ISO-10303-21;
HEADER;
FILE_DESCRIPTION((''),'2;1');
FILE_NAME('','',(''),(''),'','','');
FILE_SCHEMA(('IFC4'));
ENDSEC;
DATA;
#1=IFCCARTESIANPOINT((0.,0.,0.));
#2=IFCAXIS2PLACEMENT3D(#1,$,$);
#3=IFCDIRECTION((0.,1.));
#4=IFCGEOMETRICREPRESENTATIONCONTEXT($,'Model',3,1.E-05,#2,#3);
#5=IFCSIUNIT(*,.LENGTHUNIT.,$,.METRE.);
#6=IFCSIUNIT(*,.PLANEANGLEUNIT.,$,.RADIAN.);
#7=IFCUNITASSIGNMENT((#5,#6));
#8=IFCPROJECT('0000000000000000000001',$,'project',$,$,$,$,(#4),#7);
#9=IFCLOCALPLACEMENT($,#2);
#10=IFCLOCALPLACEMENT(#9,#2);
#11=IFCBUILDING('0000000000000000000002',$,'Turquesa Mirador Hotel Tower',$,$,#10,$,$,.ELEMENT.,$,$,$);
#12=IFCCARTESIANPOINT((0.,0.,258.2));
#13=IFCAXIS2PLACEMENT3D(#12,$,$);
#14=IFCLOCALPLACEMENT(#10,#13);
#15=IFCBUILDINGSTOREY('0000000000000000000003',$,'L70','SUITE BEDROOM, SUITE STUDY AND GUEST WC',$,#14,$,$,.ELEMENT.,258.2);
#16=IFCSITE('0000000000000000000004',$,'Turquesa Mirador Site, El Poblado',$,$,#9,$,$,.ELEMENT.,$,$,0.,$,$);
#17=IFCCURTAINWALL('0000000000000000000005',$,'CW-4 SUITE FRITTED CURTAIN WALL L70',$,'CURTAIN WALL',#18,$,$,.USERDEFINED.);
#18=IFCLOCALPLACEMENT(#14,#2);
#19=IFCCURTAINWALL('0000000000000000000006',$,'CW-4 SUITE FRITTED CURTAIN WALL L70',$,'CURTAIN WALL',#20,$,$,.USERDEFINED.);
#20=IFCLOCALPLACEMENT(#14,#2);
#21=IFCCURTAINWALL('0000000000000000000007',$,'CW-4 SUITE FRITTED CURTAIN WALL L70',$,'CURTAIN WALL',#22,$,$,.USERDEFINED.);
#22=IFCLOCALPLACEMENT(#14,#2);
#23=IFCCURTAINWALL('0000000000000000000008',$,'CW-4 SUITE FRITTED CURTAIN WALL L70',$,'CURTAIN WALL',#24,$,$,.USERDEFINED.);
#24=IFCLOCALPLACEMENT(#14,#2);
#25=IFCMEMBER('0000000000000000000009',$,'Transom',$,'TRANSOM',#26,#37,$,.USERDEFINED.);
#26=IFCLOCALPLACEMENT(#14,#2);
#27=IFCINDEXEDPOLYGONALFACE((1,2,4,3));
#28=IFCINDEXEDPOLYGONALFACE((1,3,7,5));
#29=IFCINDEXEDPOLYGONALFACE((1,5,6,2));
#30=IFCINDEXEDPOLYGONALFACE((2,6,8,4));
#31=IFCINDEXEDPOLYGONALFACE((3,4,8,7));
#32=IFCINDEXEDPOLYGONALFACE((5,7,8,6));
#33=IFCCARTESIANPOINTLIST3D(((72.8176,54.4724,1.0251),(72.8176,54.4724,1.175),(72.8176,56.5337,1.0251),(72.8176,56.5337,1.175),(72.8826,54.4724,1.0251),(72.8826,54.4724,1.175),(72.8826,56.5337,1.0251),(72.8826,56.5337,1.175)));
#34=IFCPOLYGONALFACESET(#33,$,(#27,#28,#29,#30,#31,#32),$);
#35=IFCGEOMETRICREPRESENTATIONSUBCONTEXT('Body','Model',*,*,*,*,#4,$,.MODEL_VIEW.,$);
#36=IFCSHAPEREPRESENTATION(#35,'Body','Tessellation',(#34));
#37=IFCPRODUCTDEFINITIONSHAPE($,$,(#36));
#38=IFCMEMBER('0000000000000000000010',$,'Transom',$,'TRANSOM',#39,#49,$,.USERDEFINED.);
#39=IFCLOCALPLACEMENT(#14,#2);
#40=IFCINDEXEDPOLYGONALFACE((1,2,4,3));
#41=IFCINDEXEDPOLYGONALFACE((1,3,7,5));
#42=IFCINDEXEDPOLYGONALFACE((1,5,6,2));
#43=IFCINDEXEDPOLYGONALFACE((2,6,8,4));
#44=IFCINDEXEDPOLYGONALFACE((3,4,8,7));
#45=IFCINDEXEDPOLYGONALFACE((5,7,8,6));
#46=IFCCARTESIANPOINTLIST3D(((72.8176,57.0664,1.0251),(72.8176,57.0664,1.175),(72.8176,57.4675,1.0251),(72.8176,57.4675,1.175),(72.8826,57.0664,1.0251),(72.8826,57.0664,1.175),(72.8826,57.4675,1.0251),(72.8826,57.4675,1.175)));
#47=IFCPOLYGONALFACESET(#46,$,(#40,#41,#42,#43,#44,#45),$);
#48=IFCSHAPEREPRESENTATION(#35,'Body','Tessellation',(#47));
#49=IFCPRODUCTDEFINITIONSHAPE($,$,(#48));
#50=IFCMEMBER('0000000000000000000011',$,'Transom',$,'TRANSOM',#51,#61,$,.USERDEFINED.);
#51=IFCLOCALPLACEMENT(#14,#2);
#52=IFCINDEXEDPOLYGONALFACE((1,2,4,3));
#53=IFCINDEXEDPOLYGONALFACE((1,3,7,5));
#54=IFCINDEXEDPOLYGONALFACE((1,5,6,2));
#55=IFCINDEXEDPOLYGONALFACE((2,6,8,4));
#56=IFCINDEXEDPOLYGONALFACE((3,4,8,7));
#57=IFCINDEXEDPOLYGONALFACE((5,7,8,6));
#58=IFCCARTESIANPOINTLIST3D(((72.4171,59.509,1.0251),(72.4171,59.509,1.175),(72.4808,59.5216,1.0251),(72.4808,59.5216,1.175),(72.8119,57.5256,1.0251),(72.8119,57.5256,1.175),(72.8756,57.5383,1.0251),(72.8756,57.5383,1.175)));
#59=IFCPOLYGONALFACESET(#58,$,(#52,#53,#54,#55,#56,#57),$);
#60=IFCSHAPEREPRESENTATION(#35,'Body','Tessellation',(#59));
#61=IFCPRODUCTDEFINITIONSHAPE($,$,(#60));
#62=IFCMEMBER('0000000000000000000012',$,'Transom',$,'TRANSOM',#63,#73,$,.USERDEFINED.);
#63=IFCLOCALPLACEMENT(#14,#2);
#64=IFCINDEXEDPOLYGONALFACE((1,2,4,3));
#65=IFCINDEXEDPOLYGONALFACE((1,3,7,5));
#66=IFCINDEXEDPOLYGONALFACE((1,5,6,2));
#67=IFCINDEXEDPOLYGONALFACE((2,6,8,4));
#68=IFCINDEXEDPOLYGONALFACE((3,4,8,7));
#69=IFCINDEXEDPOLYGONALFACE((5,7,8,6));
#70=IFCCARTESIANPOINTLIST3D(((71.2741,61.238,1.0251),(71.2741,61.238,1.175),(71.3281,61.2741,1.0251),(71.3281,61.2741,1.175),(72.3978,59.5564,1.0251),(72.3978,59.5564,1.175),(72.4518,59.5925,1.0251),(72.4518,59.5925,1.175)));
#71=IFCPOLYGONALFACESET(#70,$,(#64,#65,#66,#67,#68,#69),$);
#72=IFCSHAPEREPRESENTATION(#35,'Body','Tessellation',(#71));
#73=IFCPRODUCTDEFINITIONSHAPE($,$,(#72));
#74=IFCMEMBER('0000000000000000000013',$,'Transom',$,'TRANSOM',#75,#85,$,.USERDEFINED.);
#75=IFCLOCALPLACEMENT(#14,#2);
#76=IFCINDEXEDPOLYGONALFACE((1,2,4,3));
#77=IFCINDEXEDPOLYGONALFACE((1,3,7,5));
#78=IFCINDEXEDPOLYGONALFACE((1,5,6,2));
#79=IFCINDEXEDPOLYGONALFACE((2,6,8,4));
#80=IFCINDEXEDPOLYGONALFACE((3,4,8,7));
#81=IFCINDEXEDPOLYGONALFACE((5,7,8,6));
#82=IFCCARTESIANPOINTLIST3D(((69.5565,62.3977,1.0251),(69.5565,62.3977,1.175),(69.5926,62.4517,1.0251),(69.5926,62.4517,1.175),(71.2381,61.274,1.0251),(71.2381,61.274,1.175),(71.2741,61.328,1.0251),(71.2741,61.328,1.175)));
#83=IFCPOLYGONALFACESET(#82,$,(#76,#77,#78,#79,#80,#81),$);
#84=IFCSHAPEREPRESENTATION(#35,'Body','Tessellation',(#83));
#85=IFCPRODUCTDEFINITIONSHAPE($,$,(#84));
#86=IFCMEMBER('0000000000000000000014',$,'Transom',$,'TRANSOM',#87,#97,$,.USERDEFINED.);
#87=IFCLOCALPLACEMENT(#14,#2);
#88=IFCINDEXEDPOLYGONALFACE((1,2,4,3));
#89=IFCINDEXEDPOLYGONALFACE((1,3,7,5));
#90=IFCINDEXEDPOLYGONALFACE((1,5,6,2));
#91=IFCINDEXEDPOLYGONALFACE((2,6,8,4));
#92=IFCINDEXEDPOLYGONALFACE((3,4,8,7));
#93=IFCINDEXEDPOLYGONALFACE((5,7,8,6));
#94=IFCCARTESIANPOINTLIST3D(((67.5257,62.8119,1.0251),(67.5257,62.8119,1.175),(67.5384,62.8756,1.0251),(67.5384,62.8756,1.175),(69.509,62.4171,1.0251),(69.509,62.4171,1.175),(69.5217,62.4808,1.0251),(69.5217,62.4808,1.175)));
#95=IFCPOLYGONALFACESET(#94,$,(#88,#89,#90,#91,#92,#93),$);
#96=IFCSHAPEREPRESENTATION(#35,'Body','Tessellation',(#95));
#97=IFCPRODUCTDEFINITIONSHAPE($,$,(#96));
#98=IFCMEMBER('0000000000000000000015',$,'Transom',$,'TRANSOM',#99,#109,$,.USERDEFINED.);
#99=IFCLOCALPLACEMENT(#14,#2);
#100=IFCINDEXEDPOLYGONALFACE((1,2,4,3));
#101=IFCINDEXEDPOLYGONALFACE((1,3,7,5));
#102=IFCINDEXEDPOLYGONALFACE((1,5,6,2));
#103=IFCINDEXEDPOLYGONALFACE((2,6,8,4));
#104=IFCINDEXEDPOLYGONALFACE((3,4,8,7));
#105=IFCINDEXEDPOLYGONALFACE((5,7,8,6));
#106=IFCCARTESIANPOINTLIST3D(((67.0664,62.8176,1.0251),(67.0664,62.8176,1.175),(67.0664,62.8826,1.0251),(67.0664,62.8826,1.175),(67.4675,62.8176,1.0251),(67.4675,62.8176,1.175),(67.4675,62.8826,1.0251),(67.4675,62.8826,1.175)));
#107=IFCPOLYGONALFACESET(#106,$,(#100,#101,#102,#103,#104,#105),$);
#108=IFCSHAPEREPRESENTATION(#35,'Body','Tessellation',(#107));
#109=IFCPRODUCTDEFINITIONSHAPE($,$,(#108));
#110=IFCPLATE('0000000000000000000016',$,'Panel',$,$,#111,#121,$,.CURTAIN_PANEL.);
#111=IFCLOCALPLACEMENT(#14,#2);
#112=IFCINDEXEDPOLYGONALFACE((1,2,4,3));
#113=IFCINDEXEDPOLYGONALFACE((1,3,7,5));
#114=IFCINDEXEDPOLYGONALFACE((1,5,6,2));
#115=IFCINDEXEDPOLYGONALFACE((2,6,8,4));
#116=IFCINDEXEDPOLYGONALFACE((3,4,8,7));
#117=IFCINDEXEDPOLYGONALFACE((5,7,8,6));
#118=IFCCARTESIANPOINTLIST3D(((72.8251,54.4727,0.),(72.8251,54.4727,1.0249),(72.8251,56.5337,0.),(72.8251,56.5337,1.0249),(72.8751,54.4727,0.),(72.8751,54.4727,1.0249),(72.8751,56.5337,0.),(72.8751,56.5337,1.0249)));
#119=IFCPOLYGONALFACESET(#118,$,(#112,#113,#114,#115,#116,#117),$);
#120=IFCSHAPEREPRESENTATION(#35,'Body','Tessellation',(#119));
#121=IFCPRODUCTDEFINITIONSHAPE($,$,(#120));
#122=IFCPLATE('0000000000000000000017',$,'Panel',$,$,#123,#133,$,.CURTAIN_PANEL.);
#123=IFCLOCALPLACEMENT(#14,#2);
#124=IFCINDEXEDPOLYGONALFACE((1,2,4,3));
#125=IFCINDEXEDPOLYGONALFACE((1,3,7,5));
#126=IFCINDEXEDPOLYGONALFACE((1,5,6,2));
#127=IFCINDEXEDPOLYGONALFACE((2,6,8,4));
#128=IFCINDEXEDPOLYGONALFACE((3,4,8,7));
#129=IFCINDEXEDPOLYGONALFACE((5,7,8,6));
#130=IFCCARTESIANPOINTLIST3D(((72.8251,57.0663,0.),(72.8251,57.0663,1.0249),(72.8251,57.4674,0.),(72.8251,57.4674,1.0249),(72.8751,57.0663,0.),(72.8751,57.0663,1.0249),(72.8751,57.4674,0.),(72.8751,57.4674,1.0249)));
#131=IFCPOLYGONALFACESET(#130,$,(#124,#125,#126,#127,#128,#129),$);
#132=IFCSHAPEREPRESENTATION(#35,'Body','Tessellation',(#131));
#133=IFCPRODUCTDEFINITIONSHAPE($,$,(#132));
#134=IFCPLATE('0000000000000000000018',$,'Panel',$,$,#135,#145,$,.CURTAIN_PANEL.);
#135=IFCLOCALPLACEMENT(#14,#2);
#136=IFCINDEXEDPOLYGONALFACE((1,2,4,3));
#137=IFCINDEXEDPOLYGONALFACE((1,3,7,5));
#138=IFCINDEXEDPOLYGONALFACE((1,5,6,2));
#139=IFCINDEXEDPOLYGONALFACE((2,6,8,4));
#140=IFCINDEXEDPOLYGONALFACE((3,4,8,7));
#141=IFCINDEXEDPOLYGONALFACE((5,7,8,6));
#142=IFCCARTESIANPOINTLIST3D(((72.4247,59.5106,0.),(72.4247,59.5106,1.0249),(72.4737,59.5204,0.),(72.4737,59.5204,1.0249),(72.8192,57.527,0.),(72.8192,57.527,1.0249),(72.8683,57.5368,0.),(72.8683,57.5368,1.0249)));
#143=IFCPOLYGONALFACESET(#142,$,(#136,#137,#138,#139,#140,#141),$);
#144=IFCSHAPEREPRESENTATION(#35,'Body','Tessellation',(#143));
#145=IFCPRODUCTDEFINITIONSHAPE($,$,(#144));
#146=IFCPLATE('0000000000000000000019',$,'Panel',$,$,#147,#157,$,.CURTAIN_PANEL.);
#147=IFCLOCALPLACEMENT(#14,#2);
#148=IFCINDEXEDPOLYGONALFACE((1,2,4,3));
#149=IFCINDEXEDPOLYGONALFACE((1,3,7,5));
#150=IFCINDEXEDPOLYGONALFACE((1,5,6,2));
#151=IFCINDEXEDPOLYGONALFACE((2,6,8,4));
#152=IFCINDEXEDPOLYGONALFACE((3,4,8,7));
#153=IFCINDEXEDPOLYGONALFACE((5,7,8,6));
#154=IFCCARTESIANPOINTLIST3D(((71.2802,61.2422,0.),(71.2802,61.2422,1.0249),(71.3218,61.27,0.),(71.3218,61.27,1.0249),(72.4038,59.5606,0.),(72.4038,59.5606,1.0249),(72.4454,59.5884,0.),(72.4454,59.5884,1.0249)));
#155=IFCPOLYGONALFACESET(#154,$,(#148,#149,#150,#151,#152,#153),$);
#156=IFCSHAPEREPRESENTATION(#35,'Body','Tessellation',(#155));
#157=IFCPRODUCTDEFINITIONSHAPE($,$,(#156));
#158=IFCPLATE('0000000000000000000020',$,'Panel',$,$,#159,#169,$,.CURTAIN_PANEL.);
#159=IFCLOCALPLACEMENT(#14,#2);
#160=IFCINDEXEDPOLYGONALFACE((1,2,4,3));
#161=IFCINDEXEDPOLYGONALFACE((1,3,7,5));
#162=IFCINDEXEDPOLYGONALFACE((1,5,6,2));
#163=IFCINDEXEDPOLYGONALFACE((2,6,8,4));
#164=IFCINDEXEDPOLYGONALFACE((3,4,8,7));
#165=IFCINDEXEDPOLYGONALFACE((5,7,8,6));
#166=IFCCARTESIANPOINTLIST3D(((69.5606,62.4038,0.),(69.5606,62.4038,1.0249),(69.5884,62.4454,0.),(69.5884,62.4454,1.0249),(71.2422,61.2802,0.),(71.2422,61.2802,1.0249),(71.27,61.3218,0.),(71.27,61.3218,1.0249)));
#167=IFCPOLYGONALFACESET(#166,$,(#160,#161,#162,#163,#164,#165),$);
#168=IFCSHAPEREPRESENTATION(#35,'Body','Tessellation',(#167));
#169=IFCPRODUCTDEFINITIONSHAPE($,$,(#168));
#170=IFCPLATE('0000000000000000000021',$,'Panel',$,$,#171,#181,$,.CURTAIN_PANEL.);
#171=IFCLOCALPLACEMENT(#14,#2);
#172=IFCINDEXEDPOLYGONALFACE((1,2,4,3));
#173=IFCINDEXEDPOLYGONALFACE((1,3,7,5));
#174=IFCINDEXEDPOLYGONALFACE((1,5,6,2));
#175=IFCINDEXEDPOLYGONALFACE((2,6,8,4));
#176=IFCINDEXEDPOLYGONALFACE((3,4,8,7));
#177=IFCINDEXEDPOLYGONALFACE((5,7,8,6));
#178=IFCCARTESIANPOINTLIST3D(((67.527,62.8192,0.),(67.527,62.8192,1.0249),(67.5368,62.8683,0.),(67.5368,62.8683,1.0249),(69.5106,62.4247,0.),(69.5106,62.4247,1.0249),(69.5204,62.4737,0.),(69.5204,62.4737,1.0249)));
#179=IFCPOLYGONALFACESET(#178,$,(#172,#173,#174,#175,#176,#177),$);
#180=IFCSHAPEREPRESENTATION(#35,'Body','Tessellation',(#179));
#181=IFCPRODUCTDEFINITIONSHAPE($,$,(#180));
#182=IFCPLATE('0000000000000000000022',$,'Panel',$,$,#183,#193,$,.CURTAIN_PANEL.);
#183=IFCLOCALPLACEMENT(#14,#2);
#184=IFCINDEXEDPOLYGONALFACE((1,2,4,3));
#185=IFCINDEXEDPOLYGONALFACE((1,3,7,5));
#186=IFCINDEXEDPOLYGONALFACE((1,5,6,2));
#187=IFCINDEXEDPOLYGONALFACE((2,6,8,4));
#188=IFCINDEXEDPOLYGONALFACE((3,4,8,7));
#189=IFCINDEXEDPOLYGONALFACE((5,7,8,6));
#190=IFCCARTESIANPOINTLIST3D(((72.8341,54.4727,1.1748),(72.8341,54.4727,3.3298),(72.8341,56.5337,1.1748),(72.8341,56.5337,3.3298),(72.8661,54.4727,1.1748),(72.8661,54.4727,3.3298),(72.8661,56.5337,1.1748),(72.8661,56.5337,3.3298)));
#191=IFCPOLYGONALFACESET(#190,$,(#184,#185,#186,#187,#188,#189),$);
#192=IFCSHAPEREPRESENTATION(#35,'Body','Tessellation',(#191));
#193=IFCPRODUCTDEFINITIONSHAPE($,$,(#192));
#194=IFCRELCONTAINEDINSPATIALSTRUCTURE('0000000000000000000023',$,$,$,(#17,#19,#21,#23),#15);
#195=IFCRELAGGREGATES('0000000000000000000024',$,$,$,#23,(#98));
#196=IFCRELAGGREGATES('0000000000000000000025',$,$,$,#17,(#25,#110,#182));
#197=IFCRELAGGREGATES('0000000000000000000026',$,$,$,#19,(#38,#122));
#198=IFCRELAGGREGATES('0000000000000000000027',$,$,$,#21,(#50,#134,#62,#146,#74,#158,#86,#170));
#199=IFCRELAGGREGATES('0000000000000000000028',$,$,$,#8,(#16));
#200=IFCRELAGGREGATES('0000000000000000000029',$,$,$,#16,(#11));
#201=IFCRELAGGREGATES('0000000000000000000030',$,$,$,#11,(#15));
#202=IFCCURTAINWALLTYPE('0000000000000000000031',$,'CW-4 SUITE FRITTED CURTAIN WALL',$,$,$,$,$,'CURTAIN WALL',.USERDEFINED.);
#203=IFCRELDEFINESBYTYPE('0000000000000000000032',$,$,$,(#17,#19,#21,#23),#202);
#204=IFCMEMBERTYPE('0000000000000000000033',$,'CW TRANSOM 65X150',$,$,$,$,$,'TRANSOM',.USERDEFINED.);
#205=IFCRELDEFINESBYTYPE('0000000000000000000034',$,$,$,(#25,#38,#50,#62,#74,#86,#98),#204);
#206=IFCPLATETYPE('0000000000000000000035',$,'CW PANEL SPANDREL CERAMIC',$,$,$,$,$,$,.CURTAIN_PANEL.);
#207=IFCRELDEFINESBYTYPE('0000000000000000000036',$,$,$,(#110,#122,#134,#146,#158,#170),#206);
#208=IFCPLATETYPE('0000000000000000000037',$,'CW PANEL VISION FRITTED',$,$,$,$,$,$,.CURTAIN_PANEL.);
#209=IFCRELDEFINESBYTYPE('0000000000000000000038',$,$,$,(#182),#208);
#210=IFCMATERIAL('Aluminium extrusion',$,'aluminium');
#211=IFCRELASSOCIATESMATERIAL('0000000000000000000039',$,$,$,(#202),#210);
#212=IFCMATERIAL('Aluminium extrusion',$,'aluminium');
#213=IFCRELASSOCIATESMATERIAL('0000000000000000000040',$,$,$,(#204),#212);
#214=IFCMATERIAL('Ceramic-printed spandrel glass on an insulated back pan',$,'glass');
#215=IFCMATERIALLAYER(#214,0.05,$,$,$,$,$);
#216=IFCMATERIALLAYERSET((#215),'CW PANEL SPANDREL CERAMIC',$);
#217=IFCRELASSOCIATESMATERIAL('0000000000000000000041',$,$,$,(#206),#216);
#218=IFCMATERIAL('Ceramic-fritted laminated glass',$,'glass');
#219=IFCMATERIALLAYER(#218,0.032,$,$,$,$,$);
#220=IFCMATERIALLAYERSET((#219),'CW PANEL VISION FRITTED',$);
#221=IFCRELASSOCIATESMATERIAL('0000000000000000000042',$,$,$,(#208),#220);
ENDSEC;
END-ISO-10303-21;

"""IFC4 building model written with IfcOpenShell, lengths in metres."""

from ifc_helpers import new_model, si_unit, direction, frame, origin, origin_2d, place, context, subcontext, project, spatial, rectangle, extrude, material, layer, layer_set, material_profile, profile_set, type_object, element, aggregate, save


model = new_model("IFC4")

# Units and contexts
model_context = context("Model", 3, precision=1e-05, world=origin(), true_north=direction((0.0, 1.0)))
body_context = subcontext(model_context, "Body", "Model", "MODEL_VIEW")
ifc_project = project(units=[si_unit("LENGTHUNIT", "METRE"), si_unit("PLANEANGLEUNIT", "RADIAN")], contexts=[model_context])

# Site, building, storey
site_placement = place(None, origin())
site = spatial("IfcSite", under=ifc_project, at=site_placement, Name="Turquesa Mirador Site, El Poblado", CompositionType="ELEMENT", RefElevation=0.0)
building_placement = place(site_placement, origin())
building = spatial("IfcBuilding", under=site, at=building_placement, Name="Turquesa Mirador Hotel Tower", CompositionType="ELEMENT")
storey_placement = place(building_placement, frame((0.0, 0.0, 258.2)))
storey = spatial("IfcBuildingStorey", under=building, at=storey_placement, Name="L70", Description="SUITE BEDROOM, SUITE STUDY AND GUEST WC", CompositionType="ELEMENT", Elevation=258.2)

# Curtain wall
ifc_material_1 = material(Name="Aluminium extrusion", Category="aluminium")
curtain_wall_type = type_object("IfcCurtainWallType", Name="CW-4 SUITE FRITTED CURTAIN WALL", ElementType="CURTAIN WALL", PredefinedType="USERDEFINED", material=ifc_material_1)
curtain_wall_1_placement = place(storey_placement, origin())
curtain_wall_1 = element("IfcCurtainWall", 1, at=curtain_wall_1_placement, inside=storey, type_object=curtain_wall_type, Name="CW-4 SUITE FRITTED CURTAIN WALL L70", ObjectType="CURTAIN WALL", PredefinedType="USERDEFINED")

# Curtain walls
curtain_wall_2_placement = place(storey_placement, origin())
curtain_wall_2 = element("IfcCurtainWall", 2, at=curtain_wall_2_placement, inside=storey, type_object=curtain_wall_type, Name="CW-4 SUITE FRITTED CURTAIN WALL L70", ObjectType="CURTAIN WALL", PredefinedType="USERDEFINED")
curtain_wall_3_placement = place(storey_placement, origin())
curtain_wall_3 = element("IfcCurtainWall", 3, at=curtain_wall_3_placement, inside=storey, type_object=curtain_wall_type, Name="CW-4 SUITE FRITTED CURTAIN WALL L70", ObjectType="CURTAIN WALL", PredefinedType="USERDEFINED")

# Curtain wall
curtain_wall_4_placement = place(storey_placement, origin())
curtain_wall_4 = element("IfcCurtainWall", 4, at=curtain_wall_4_placement, inside=storey, type_object=curtain_wall_type, Name="CW-4 SUITE FRITTED CURTAIN WALL L70", ObjectType="CURTAIN WALL", PredefinedType="USERDEFINED")

# Members
ifc_material_2 = material(Name="Aluminium extrusion", Category="aluminium")
ifc_material_profile_1 = material_profile(ifc_material_2, rectangle(XDim=0.0649, YDim=0.1499, at=origin_2d()), Name="TRANSOM 65X150")
ifc_profile_set_1 = profile_set([ifc_material_profile_1], Name="Aluminium extrusion")
member_type_1 = type_object("IfcMemberType", Name="CW TRANSOM 65X150", ElementType="TRANSOM", PredefinedType="USERDEFINED", material=ifc_profile_set_1)
member_1_placement = place(storey_placement, frame((72.8501, 54.4724, 1.1001), z_axis=(0.0, 1.0, 0.0), x_axis=(-1.0, 0.0, 0.0)))
member_1 = element("IfcMember", 5, at=member_1_placement, type_object=member_type_1, Name="Transom", ObjectType="TRANSOM", PredefinedType="USERDEFINED", context=body_context, shape_type="SweptSolid", body=[
    extrude(rectangle(XDim=0.0649, YDim=0.1499, at=origin_2d()), origin(), (0.0, 0.0, 1.0), 2.0613),
])
member_2_placement = place(storey_placement, frame((72.8501, 57.0664, 1.1001), z_axis=(0.0, 1.0, 0.0), x_axis=(-1.0, 0.0, 0.0)))
member_2 = element("IfcMember", 6, at=member_2_placement, type_object=member_type_1, Name="Transom", ObjectType="TRANSOM", PredefinedType="USERDEFINED", context=body_context, shape_type="SweptSolid", body=[
    extrude(rectangle(XDim=0.0649, YDim=0.1499, at=origin_2d()), origin(), (0.0, 0.0, 1.0), 0.4011),
])
member_3_placement = place(storey_placement, frame((72.8438, 57.532, 1.1001), z_axis=(-0.195211, 0.980761, 0.0), x_axis=(-0.980761, -0.195211, 0.0)))
member_3 = element("IfcMember", 7, at=member_3_placement, type_object=member_type_1, Name="Transom", ObjectType="TRANSOM", PredefinedType="USERDEFINED", context=body_context, shape_type="SweptSolid", body=[
    extrude(rectangle(XDim=0.0649, YDim=0.1499, at=origin_2d()), origin(), (0.0, 0.0, 1.0), 2.0222),
])
member_4_placement = place(storey_placement, frame((72.4248, 59.5745, 1.1001), z_axis=(-0.555619, 0.831437, 0.0), x_axis=(-0.831437, -0.555619, 0.0)))
member_4 = element("IfcMember", 8, at=member_4_placement, type_object=member_type_1, Name="Transom", ObjectType="TRANSOM", PredefinedType="USERDEFINED", context=body_context, shape_type="SweptSolid", body=[
    extrude(rectangle(XDim=0.0649, YDim=0.1499, at=origin_2d()), origin(), (0.0, 0.0, 1.0), 2.0225),
])
member_5_placement = place(storey_placement, frame((71.2561, 61.301, 1.1001), z_axis=(-0.831437, 0.555619, 0.0), x_axis=(-0.555619, -0.831437, 0.0)))
member_5 = element("IfcMember", 9, at=member_5_placement, type_object=member_type_1, Name="Transom", ObjectType="TRANSOM", PredefinedType="USERDEFINED", context=body_context, shape_type="SweptSolid", body=[
    extrude(rectangle(XDim=0.0649, YDim=0.1499, at=origin_2d()), origin(), (0.0, 0.0, 1.0), 2.0225),
])
member_6_placement = place(storey_placement, frame((69.5154, 62.449, 1.1001), z_axis=(-0.980761, 0.195211, 0.0), x_axis=(-0.195211, -0.980761, 0.0)))
member_6 = element("IfcMember", 10, at=member_6_placement, type_object=member_type_1, Name="Transom", ObjectType="TRANSOM", PredefinedType="USERDEFINED", context=body_context, shape_type="SweptSolid", body=[
    extrude(rectangle(XDim=0.0649, YDim=0.1499, at=origin_2d()), origin(), (0.0, 0.0, 1.0), 2.0222),
])
member_7_placement = place(storey_placement, frame((67.4675, 62.8501, 1.1001), z_axis=(-1.0, 0.0, 0.0), x_axis=(0.0, -1.0, 0.0)))
member_7 = element("IfcMember", 11, at=member_7_placement, type_object=member_type_1, Name="Transom", ObjectType="TRANSOM", PredefinedType="USERDEFINED", context=body_context, shape_type="SweptSolid", body=[
    extrude(rectangle(XDim=0.0649, YDim=0.1499, at=origin_2d()), origin(), (0.0, 0.0, 1.0), 0.4011),
])
aggregate(curtain_wall_4, [member_7])

# Plates
ifc_material_3 = material(Name="Ceramic-printed spandrel glass on an insulated back pan", Category="glass")
ifc_layer_1 = layer(ifc_material_3, 0.05)
ifc_layer_set_1 = layer_set([ifc_layer_1], Name="CW PANEL SPANDREL CERAMIC")
plate_type_1 = type_object("IfcPlateType", Name="CW PANEL SPANDREL CERAMIC", PredefinedType="CURTAIN_PANEL", material=ifc_layer_set_1)
plate_1_placement = place(storey_placement, frame((72.8501, 55.5032, 0.0), z_axis=(0.0, 0.0, 1.0), x_axis=(0.0, 1.0, 0.0)))
plate_1 = element("IfcPlate", 12, at=plate_1_placement, type_object=plate_type_1, Name="Panel", PredefinedType="CURTAIN_PANEL", context=body_context, shape_type="SweptSolid", body=[
    extrude(rectangle(XDim=2.061, YDim=0.05, at=origin_2d()), origin(), (0.0, 0.0, 1.0), 1.0249),
])
plate_2_placement = place(storey_placement, frame((72.8501, 57.2668, 0.0), z_axis=(0.0, 0.0, 1.0), x_axis=(0.0, 1.0, 0.0)))
plate_2 = element("IfcPlate", 13, at=plate_2_placement, type_object=plate_type_1, Name="Panel", PredefinedType="CURTAIN_PANEL", context=body_context, shape_type="SweptSolid", body=[
    extrude(rectangle(XDim=0.4011, YDim=0.05, at=origin_2d()), origin(), (0.0, 0.0, 1.0), 1.0249),
])
plate_3_placement = place(storey_placement, frame((72.6465, 58.5237, 0.0), z_axis=(0.0, 0.0, 1.0), x_axis=(-0.195091, 0.980785, 0.0)))
plate_3 = element("IfcPlate", 14, at=plate_3_placement, type_object=plate_type_1, Name="Panel", PredefinedType="CURTAIN_PANEL", context=body_context, shape_type="SweptSolid", body=[
    extrude(rectangle(XDim=2.0225, YDim=0.05, at=origin_2d()), origin(), (0.0, 0.0, 1.0), 1.0249),
])
plate_4_placement = place(storey_placement, frame((71.8628, 60.4153, 0.0), z_axis=(0.0, 0.0, 1.0), x_axis=(-0.55557, 0.83147, 0.0)))
plate_4 = element("IfcPlate", 15, at=plate_4_placement, type_object=plate_type_1, Name="Panel", PredefinedType="CURTAIN_PANEL", context=body_context, shape_type="SweptSolid", body=[
    extrude(rectangle(XDim=2.0225, YDim=0.05, at=origin_2d()), origin(), (0.0, 0.0, 1.0), 1.0249),
])
plate_5_placement = place(storey_placement, frame((70.4153, 61.8628, 0.0), z_axis=(0.0, 0.0, 1.0), x_axis=(-0.83147, 0.55557, 0.0)))
plate_5 = element("IfcPlate", 16, at=plate_5_placement, type_object=plate_type_1, Name="Panel", PredefinedType="CURTAIN_PANEL", context=body_context, shape_type="SweptSolid", body=[
    extrude(rectangle(XDim=2.0225, YDim=0.05, at=origin_2d()), origin(), (0.0, 0.0, 1.0), 1.0249),
])
plate_6_placement = place(storey_placement, frame((68.5237, 62.6465, 0.0), z_axis=(0.0, 0.0, 1.0), x_axis=(-0.980785, 0.195091, 0.0)))
plate_6 = element("IfcPlate", 17, at=plate_6_placement, type_object=plate_type_1, Name="Panel", PredefinedType="CURTAIN_PANEL", context=body_context, shape_type="SweptSolid", body=[
    extrude(rectangle(XDim=2.0225, YDim=0.05, at=origin_2d()), origin(), (0.0, 0.0, 1.0), 1.0249),
])
ifc_material_4 = material(Name="Ceramic-fritted laminated glass", Category="glass")
ifc_layer_2 = layer(ifc_material_4, 0.032)
ifc_layer_set_2 = layer_set([ifc_layer_2], Name="CW PANEL VISION FRITTED")
plate_type_2 = type_object("IfcPlateType", Name="CW PANEL VISION FRITTED", PredefinedType="CURTAIN_PANEL", material=ifc_layer_set_2)
plate_7_placement = place(storey_placement, frame((72.8501, 55.5032, 1.1748), z_axis=(0.0, 0.0, 1.0), x_axis=(0.0, 1.0, 0.0)))
plate_7 = element("IfcPlate", 18, at=plate_7_placement, type_object=plate_type_2, Name="Panel", PredefinedType="CURTAIN_PANEL", context=body_context, shape_type="SweptSolid", body=[
    extrude(rectangle(XDim=2.061, YDim=0.032, at=origin_2d()), origin(), (0.0, 0.0, 1.0), 2.155),
])
aggregate(curtain_wall_1, [member_1, plate_1, plate_7])
aggregate(curtain_wall_2, [member_2, plate_2])
aggregate(curtain_wall_3, [member_3, plate_3, member_4, plate_4, member_5, plate_5, member_6, plate_6])

save(model, "model.ifc")
